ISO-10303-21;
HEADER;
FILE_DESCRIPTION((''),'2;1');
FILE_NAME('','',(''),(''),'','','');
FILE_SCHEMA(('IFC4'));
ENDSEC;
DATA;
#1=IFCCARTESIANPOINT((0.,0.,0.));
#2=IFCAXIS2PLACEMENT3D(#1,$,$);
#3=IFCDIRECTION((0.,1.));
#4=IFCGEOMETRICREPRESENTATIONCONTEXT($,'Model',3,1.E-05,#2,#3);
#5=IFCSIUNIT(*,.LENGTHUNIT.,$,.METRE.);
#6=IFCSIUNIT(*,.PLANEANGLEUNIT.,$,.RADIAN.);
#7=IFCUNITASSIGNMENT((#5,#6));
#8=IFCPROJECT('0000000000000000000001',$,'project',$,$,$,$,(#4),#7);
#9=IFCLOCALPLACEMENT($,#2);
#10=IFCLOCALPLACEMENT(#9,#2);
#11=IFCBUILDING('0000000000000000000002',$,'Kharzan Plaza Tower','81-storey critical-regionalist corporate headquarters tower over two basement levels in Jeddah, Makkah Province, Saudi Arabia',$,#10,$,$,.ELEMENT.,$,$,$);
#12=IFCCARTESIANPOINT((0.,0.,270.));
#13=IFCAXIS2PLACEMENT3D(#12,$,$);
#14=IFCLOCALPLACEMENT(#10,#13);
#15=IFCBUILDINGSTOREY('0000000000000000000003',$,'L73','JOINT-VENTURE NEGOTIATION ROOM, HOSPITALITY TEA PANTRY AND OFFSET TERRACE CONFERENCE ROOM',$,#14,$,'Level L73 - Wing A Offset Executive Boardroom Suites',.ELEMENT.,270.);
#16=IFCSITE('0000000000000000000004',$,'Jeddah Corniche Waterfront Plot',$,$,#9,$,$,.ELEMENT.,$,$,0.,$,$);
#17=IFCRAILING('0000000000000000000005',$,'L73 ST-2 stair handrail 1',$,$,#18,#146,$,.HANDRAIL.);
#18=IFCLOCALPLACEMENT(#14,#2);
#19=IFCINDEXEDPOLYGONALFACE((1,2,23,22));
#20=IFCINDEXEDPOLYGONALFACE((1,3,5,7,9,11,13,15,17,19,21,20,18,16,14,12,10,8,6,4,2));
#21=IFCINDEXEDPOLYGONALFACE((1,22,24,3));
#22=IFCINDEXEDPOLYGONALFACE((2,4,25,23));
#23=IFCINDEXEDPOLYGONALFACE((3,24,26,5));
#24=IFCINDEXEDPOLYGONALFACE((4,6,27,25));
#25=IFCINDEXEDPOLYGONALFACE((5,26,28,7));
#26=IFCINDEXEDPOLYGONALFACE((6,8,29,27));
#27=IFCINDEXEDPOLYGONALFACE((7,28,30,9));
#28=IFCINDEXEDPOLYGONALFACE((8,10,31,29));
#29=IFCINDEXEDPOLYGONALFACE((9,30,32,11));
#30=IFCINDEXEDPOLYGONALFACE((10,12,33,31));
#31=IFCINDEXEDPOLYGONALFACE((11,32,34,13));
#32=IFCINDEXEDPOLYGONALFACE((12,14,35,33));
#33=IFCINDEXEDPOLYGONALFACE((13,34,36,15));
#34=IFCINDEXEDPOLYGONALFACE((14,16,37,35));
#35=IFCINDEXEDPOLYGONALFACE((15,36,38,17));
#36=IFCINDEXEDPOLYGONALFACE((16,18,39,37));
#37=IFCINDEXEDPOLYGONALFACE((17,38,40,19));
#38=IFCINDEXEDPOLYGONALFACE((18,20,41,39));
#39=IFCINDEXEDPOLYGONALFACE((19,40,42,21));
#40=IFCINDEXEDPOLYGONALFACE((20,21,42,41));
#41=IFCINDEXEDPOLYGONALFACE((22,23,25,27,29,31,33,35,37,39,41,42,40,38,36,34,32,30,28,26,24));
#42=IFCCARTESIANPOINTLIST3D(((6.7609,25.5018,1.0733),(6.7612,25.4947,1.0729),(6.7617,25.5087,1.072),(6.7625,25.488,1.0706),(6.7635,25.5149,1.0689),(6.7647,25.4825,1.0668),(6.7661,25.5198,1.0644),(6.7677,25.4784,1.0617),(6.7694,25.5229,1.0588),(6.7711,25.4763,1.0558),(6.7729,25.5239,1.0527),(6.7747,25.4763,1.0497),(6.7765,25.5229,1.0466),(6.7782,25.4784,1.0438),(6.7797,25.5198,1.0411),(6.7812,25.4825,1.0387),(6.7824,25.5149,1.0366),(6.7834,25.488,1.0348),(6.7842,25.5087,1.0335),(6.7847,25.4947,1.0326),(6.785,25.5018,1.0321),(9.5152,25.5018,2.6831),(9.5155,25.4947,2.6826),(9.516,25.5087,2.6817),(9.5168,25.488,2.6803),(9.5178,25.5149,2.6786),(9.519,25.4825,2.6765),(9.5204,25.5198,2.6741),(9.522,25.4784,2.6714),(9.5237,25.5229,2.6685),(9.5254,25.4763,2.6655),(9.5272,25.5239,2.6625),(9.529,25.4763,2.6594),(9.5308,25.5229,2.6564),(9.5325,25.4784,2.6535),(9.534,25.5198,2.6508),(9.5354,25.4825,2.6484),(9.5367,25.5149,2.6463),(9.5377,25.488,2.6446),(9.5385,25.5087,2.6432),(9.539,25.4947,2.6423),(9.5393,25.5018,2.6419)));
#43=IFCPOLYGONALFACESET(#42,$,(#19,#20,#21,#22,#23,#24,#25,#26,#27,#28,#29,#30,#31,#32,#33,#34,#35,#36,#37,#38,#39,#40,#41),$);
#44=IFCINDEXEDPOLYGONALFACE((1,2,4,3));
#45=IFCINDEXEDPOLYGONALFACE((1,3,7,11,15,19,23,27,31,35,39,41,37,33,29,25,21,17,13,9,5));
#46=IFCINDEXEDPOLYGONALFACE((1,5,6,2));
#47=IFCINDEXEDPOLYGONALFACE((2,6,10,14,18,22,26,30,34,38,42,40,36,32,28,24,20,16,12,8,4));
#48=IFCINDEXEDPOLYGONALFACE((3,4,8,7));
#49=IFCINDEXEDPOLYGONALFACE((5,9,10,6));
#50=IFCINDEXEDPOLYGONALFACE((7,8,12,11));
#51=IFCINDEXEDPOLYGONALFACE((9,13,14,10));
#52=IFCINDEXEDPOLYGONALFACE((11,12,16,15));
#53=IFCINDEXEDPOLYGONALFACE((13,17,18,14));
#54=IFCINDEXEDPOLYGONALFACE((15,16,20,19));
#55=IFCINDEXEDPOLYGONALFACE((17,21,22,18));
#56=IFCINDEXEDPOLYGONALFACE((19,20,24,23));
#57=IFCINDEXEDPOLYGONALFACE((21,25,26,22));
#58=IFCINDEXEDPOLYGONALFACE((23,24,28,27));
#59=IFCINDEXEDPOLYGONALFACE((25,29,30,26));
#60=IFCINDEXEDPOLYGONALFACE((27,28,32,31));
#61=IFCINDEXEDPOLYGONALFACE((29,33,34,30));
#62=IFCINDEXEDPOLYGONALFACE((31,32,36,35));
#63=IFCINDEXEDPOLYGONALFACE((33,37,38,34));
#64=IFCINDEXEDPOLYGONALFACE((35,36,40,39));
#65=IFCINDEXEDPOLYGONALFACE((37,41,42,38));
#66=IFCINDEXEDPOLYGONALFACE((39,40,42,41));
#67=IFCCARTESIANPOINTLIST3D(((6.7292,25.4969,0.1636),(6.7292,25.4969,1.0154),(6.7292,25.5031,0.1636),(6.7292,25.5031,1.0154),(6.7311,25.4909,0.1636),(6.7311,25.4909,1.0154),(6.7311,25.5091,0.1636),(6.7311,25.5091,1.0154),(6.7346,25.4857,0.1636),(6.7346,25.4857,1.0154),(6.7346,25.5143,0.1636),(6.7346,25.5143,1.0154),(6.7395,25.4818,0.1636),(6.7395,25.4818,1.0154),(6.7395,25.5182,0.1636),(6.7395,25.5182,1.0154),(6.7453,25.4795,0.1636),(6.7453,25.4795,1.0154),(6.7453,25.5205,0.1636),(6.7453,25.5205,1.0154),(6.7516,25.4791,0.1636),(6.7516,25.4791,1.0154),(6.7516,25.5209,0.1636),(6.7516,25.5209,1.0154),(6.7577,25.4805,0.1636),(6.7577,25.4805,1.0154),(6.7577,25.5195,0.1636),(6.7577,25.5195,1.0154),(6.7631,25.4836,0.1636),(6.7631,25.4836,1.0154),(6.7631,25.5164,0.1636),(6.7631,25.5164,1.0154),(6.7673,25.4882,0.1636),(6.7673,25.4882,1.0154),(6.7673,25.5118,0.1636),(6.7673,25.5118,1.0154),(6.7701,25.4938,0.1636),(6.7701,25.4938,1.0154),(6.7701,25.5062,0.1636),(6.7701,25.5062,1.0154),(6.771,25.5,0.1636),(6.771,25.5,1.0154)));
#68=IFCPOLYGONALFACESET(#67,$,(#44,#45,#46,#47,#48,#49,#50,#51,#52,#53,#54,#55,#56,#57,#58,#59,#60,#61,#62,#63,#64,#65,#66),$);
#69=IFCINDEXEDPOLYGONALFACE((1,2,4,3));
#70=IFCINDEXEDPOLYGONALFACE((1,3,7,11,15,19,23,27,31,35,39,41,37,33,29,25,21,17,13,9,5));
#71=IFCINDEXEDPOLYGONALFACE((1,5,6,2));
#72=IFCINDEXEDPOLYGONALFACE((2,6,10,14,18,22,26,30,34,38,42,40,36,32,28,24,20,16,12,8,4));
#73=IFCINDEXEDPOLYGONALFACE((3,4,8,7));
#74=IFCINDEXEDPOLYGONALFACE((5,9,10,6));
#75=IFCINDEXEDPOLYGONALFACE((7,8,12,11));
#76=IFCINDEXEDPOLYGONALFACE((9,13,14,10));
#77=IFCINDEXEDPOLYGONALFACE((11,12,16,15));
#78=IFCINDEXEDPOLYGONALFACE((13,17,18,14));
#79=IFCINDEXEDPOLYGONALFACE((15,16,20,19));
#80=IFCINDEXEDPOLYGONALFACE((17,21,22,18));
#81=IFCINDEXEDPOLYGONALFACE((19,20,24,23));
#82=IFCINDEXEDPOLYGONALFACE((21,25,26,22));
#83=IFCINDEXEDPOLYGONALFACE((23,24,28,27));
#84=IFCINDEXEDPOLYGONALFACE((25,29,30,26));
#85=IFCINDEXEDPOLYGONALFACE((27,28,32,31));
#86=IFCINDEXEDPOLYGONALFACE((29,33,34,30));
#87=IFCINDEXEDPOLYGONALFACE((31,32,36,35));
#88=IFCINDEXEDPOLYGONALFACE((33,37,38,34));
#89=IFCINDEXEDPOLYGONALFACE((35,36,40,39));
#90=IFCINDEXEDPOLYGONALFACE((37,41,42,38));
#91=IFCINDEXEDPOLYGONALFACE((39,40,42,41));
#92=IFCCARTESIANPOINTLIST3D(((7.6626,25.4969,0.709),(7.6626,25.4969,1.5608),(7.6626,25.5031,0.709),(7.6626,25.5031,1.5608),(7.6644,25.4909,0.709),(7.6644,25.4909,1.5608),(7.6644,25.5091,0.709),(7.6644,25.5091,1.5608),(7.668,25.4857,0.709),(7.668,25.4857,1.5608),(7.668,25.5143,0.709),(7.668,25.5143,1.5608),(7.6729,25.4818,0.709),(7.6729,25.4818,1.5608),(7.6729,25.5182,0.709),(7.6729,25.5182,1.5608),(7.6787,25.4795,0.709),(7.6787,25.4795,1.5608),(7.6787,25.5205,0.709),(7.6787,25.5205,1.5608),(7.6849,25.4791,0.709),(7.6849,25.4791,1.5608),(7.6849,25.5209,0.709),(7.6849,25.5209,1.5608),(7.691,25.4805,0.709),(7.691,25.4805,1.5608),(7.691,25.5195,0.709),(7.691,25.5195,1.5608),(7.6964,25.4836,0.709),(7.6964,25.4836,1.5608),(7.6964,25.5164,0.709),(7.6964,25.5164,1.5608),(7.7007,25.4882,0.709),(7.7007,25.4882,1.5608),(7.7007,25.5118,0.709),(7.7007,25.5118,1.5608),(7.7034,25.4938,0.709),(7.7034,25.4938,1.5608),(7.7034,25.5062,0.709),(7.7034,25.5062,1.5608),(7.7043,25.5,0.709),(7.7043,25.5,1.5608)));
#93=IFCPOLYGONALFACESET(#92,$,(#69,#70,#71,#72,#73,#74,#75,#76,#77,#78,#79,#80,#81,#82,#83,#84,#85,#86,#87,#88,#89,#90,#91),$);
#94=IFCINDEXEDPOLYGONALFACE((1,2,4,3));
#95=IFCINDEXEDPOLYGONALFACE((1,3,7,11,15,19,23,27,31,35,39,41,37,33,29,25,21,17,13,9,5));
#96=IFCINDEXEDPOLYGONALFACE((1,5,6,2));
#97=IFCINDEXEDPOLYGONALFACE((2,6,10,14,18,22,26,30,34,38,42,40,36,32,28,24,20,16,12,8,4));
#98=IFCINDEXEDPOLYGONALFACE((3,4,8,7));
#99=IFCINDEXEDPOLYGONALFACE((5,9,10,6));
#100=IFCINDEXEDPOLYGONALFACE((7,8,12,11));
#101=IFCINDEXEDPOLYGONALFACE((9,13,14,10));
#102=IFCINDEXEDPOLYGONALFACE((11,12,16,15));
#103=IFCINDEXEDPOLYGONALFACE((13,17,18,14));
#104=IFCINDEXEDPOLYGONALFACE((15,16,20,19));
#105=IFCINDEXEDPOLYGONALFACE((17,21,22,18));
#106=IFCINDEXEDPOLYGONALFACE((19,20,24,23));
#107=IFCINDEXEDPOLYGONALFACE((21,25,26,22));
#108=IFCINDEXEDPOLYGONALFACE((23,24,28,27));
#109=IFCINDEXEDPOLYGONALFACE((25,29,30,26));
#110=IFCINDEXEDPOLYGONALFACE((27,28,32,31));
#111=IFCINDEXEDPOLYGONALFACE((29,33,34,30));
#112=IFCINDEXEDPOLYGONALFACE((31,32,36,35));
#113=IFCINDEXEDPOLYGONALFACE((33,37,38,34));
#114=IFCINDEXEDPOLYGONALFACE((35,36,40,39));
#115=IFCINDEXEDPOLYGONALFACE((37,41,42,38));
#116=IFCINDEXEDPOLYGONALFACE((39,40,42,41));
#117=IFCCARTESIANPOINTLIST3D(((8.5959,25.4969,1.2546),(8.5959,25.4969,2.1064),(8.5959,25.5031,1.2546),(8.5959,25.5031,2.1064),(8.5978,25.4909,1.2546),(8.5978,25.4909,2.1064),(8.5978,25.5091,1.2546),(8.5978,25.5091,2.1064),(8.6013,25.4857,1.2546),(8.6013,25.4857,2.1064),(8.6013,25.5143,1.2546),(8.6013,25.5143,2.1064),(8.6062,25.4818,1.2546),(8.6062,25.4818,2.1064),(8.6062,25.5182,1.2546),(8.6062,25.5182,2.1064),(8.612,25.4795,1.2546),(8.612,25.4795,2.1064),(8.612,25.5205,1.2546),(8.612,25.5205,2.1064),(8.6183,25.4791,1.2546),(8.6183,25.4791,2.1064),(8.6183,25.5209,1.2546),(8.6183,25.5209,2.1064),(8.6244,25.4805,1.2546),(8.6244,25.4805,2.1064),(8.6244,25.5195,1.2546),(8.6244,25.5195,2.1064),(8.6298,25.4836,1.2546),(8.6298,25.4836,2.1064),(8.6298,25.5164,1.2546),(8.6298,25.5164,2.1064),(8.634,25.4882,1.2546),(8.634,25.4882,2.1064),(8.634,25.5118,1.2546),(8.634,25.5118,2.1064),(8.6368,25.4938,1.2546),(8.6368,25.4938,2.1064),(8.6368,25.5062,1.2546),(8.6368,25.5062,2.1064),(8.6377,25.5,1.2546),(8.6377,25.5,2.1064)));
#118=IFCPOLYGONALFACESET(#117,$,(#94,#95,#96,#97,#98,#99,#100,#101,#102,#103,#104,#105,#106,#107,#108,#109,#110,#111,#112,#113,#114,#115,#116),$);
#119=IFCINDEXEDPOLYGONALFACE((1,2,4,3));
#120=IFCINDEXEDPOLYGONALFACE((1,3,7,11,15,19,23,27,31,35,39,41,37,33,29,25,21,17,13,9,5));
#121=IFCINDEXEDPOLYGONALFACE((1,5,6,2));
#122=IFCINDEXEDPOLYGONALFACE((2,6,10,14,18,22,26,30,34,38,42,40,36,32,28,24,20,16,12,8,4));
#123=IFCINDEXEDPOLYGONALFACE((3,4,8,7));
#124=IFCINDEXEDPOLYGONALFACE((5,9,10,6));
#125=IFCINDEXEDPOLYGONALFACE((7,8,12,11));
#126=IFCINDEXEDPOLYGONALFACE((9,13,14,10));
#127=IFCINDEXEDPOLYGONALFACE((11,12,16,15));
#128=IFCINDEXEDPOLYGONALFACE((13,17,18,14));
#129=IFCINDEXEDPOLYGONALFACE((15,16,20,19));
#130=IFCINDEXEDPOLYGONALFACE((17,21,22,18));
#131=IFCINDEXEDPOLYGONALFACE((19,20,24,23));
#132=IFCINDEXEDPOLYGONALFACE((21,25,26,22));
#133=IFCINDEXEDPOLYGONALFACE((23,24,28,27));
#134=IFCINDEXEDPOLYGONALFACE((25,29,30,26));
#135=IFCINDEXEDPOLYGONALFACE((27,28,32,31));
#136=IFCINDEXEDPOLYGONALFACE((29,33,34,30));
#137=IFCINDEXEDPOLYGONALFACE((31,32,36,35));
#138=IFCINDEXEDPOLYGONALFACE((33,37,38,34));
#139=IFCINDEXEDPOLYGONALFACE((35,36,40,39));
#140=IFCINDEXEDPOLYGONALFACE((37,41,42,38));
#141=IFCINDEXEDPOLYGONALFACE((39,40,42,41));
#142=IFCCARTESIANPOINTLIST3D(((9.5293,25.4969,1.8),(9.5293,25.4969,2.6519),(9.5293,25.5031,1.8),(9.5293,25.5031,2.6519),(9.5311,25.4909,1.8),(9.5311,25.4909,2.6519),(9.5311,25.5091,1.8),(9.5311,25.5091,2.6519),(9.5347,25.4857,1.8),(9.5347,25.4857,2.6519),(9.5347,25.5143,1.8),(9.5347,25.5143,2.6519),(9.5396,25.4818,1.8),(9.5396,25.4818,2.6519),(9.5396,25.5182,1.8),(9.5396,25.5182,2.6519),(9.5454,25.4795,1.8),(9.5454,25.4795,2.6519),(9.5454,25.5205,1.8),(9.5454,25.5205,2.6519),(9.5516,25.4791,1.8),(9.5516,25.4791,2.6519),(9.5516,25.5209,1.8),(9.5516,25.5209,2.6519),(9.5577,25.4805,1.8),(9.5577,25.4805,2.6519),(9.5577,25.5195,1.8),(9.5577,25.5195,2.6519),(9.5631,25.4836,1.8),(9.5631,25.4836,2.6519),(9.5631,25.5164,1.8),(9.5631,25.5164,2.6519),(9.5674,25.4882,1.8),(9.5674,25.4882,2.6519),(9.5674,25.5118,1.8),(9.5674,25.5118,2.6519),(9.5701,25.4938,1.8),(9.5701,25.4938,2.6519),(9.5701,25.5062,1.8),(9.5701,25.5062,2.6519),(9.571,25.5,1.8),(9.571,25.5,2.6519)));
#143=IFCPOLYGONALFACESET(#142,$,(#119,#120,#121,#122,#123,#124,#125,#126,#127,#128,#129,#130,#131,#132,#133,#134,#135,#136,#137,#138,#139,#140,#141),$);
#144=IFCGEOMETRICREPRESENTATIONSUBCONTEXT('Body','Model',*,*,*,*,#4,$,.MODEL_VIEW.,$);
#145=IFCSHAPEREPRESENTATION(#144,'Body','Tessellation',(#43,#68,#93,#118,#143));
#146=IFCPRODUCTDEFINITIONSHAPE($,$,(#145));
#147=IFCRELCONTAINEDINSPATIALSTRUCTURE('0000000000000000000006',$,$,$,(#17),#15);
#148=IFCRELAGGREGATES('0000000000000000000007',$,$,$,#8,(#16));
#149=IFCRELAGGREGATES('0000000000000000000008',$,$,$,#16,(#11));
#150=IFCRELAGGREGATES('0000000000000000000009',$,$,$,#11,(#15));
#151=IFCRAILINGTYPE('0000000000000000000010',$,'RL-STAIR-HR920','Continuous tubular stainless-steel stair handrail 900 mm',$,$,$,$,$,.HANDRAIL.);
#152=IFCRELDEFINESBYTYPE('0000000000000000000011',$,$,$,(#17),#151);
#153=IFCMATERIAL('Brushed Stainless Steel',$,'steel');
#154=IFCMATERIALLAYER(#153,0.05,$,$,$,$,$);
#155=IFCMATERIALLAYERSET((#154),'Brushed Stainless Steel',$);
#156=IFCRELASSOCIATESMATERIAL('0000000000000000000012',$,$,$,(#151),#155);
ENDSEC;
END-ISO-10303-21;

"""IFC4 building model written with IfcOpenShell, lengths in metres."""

from ifc_helpers import new_model, si_unit, direction, frame, origin, origin_2d, place, context, subcontext, project, spatial, circle, extrude, source, transform, mapped, material, layer, layer_set, type_object, element, save


model = new_model("IFC4")

# Units and contexts
model_context = context("Model", 3, precision=1e-05, world=origin(), true_north=direction((0.0, 1.0)))
body_context = subcontext(model_context, "Body", "Model", "MODEL_VIEW")
ifc_project = project(units=[si_unit("LENGTHUNIT", "METRE"), si_unit("PLANEANGLEUNIT", "RADIAN")], contexts=[model_context])

# Site, building, storey
site_placement = place(None, origin())
site = spatial("IfcSite", under=ifc_project, at=site_placement, Name="Jeddah Corniche Waterfront Plot", CompositionType="ELEMENT", RefElevation=0.0)
building_placement = place(site_placement, origin())
building = spatial("IfcBuilding", under=site, at=building_placement, Name="Kharzan Plaza Tower", Description="81-storey critical-regionalist corporate headquarters tower over two basement levels in Jeddah, Makkah Province, Saudi Arabia", CompositionType="ELEMENT")
storey_placement = place(building_placement, frame((0.0, 0.0, 270.0)))
storey = spatial("IfcBuildingStorey", under=building, at=storey_placement, Name="L73", Description="JOINT-VENTURE NEGOTIATION ROOM, HOSPITALITY TEA PANTRY AND OFFSET TERRACE CONFERENCE ROOM", LongName="Level L73 - Wing A Offset Executive Boardroom Suites", CompositionType="ELEMENT", Elevation=270.0)

# Shared definitions
ifc_material_1 = material(Name="Brushed Stainless Steel", Category="steel")

# Railing
ifc_layer_1 = layer(ifc_material_1, 0.05)
ifc_layer_set_1 = layer_set([ifc_layer_1], Name="Brushed Stainless Steel")
railing_type_1 = type_object("IfcRailingType", Name="RL-STAIR-HR920", Description="Continuous tubular stainless-steel stair handrail 900 mm", PredefinedType="HANDRAIL", material=ifc_layer_set_1)
shared_shape_1 = source(origin(), body_context, "Body", "SweptSolid", [
    extrude(circle(Radius=0.0239, at=origin_2d()), frame((0.0229, 0.0, 0.8892), z_axis=(0.863361, 0.0, 0.504587), x_axis=(0.0, 1.0, 0.0)), (0.0, 0.0, 1.0), 3.1902),
    extrude(circle(Radius=0.021, at=origin_2d()), origin(), (0.0, 0.0, 1.0), 0.8518),
    extrude(circle(Radius=0.021, at=origin_2d()), frame((0.9333, 0.0, 0.5454)), (0.0, 0.0, 1.0), 0.8518),
    extrude(circle(Radius=0.021, at=origin_2d()), frame((1.8667, 0.0, 1.0911)), (0.0, 0.0, 1.0), 0.8518),
    extrude(circle(Radius=0.021, at=origin_2d()), frame((2.8, 0.0, 1.6365)), (0.0, 0.0, 1.0), 0.8518),
])
railing_1_placement = place(storey_placement, frame((6.75, 25.5, 0.1636)))
element("IfcRailing", 1, at=railing_1_placement, inside=storey, type_object=railing_type_1, Name="L73 ST-2 stair handrail 1", PredefinedType="HANDRAIL", context=body_context, shape_type="MappedRepresentation", body=[
    mapped(shared_shape_1, transform((0.0, 0.0, 0.0), x_axis=(1.0, 0.0, 0.0), y_axis=(0.0, 1.0, 0.0), z_axis=(0.0, 0.0, 1.0))),
])

save(model, "model.ifc")
